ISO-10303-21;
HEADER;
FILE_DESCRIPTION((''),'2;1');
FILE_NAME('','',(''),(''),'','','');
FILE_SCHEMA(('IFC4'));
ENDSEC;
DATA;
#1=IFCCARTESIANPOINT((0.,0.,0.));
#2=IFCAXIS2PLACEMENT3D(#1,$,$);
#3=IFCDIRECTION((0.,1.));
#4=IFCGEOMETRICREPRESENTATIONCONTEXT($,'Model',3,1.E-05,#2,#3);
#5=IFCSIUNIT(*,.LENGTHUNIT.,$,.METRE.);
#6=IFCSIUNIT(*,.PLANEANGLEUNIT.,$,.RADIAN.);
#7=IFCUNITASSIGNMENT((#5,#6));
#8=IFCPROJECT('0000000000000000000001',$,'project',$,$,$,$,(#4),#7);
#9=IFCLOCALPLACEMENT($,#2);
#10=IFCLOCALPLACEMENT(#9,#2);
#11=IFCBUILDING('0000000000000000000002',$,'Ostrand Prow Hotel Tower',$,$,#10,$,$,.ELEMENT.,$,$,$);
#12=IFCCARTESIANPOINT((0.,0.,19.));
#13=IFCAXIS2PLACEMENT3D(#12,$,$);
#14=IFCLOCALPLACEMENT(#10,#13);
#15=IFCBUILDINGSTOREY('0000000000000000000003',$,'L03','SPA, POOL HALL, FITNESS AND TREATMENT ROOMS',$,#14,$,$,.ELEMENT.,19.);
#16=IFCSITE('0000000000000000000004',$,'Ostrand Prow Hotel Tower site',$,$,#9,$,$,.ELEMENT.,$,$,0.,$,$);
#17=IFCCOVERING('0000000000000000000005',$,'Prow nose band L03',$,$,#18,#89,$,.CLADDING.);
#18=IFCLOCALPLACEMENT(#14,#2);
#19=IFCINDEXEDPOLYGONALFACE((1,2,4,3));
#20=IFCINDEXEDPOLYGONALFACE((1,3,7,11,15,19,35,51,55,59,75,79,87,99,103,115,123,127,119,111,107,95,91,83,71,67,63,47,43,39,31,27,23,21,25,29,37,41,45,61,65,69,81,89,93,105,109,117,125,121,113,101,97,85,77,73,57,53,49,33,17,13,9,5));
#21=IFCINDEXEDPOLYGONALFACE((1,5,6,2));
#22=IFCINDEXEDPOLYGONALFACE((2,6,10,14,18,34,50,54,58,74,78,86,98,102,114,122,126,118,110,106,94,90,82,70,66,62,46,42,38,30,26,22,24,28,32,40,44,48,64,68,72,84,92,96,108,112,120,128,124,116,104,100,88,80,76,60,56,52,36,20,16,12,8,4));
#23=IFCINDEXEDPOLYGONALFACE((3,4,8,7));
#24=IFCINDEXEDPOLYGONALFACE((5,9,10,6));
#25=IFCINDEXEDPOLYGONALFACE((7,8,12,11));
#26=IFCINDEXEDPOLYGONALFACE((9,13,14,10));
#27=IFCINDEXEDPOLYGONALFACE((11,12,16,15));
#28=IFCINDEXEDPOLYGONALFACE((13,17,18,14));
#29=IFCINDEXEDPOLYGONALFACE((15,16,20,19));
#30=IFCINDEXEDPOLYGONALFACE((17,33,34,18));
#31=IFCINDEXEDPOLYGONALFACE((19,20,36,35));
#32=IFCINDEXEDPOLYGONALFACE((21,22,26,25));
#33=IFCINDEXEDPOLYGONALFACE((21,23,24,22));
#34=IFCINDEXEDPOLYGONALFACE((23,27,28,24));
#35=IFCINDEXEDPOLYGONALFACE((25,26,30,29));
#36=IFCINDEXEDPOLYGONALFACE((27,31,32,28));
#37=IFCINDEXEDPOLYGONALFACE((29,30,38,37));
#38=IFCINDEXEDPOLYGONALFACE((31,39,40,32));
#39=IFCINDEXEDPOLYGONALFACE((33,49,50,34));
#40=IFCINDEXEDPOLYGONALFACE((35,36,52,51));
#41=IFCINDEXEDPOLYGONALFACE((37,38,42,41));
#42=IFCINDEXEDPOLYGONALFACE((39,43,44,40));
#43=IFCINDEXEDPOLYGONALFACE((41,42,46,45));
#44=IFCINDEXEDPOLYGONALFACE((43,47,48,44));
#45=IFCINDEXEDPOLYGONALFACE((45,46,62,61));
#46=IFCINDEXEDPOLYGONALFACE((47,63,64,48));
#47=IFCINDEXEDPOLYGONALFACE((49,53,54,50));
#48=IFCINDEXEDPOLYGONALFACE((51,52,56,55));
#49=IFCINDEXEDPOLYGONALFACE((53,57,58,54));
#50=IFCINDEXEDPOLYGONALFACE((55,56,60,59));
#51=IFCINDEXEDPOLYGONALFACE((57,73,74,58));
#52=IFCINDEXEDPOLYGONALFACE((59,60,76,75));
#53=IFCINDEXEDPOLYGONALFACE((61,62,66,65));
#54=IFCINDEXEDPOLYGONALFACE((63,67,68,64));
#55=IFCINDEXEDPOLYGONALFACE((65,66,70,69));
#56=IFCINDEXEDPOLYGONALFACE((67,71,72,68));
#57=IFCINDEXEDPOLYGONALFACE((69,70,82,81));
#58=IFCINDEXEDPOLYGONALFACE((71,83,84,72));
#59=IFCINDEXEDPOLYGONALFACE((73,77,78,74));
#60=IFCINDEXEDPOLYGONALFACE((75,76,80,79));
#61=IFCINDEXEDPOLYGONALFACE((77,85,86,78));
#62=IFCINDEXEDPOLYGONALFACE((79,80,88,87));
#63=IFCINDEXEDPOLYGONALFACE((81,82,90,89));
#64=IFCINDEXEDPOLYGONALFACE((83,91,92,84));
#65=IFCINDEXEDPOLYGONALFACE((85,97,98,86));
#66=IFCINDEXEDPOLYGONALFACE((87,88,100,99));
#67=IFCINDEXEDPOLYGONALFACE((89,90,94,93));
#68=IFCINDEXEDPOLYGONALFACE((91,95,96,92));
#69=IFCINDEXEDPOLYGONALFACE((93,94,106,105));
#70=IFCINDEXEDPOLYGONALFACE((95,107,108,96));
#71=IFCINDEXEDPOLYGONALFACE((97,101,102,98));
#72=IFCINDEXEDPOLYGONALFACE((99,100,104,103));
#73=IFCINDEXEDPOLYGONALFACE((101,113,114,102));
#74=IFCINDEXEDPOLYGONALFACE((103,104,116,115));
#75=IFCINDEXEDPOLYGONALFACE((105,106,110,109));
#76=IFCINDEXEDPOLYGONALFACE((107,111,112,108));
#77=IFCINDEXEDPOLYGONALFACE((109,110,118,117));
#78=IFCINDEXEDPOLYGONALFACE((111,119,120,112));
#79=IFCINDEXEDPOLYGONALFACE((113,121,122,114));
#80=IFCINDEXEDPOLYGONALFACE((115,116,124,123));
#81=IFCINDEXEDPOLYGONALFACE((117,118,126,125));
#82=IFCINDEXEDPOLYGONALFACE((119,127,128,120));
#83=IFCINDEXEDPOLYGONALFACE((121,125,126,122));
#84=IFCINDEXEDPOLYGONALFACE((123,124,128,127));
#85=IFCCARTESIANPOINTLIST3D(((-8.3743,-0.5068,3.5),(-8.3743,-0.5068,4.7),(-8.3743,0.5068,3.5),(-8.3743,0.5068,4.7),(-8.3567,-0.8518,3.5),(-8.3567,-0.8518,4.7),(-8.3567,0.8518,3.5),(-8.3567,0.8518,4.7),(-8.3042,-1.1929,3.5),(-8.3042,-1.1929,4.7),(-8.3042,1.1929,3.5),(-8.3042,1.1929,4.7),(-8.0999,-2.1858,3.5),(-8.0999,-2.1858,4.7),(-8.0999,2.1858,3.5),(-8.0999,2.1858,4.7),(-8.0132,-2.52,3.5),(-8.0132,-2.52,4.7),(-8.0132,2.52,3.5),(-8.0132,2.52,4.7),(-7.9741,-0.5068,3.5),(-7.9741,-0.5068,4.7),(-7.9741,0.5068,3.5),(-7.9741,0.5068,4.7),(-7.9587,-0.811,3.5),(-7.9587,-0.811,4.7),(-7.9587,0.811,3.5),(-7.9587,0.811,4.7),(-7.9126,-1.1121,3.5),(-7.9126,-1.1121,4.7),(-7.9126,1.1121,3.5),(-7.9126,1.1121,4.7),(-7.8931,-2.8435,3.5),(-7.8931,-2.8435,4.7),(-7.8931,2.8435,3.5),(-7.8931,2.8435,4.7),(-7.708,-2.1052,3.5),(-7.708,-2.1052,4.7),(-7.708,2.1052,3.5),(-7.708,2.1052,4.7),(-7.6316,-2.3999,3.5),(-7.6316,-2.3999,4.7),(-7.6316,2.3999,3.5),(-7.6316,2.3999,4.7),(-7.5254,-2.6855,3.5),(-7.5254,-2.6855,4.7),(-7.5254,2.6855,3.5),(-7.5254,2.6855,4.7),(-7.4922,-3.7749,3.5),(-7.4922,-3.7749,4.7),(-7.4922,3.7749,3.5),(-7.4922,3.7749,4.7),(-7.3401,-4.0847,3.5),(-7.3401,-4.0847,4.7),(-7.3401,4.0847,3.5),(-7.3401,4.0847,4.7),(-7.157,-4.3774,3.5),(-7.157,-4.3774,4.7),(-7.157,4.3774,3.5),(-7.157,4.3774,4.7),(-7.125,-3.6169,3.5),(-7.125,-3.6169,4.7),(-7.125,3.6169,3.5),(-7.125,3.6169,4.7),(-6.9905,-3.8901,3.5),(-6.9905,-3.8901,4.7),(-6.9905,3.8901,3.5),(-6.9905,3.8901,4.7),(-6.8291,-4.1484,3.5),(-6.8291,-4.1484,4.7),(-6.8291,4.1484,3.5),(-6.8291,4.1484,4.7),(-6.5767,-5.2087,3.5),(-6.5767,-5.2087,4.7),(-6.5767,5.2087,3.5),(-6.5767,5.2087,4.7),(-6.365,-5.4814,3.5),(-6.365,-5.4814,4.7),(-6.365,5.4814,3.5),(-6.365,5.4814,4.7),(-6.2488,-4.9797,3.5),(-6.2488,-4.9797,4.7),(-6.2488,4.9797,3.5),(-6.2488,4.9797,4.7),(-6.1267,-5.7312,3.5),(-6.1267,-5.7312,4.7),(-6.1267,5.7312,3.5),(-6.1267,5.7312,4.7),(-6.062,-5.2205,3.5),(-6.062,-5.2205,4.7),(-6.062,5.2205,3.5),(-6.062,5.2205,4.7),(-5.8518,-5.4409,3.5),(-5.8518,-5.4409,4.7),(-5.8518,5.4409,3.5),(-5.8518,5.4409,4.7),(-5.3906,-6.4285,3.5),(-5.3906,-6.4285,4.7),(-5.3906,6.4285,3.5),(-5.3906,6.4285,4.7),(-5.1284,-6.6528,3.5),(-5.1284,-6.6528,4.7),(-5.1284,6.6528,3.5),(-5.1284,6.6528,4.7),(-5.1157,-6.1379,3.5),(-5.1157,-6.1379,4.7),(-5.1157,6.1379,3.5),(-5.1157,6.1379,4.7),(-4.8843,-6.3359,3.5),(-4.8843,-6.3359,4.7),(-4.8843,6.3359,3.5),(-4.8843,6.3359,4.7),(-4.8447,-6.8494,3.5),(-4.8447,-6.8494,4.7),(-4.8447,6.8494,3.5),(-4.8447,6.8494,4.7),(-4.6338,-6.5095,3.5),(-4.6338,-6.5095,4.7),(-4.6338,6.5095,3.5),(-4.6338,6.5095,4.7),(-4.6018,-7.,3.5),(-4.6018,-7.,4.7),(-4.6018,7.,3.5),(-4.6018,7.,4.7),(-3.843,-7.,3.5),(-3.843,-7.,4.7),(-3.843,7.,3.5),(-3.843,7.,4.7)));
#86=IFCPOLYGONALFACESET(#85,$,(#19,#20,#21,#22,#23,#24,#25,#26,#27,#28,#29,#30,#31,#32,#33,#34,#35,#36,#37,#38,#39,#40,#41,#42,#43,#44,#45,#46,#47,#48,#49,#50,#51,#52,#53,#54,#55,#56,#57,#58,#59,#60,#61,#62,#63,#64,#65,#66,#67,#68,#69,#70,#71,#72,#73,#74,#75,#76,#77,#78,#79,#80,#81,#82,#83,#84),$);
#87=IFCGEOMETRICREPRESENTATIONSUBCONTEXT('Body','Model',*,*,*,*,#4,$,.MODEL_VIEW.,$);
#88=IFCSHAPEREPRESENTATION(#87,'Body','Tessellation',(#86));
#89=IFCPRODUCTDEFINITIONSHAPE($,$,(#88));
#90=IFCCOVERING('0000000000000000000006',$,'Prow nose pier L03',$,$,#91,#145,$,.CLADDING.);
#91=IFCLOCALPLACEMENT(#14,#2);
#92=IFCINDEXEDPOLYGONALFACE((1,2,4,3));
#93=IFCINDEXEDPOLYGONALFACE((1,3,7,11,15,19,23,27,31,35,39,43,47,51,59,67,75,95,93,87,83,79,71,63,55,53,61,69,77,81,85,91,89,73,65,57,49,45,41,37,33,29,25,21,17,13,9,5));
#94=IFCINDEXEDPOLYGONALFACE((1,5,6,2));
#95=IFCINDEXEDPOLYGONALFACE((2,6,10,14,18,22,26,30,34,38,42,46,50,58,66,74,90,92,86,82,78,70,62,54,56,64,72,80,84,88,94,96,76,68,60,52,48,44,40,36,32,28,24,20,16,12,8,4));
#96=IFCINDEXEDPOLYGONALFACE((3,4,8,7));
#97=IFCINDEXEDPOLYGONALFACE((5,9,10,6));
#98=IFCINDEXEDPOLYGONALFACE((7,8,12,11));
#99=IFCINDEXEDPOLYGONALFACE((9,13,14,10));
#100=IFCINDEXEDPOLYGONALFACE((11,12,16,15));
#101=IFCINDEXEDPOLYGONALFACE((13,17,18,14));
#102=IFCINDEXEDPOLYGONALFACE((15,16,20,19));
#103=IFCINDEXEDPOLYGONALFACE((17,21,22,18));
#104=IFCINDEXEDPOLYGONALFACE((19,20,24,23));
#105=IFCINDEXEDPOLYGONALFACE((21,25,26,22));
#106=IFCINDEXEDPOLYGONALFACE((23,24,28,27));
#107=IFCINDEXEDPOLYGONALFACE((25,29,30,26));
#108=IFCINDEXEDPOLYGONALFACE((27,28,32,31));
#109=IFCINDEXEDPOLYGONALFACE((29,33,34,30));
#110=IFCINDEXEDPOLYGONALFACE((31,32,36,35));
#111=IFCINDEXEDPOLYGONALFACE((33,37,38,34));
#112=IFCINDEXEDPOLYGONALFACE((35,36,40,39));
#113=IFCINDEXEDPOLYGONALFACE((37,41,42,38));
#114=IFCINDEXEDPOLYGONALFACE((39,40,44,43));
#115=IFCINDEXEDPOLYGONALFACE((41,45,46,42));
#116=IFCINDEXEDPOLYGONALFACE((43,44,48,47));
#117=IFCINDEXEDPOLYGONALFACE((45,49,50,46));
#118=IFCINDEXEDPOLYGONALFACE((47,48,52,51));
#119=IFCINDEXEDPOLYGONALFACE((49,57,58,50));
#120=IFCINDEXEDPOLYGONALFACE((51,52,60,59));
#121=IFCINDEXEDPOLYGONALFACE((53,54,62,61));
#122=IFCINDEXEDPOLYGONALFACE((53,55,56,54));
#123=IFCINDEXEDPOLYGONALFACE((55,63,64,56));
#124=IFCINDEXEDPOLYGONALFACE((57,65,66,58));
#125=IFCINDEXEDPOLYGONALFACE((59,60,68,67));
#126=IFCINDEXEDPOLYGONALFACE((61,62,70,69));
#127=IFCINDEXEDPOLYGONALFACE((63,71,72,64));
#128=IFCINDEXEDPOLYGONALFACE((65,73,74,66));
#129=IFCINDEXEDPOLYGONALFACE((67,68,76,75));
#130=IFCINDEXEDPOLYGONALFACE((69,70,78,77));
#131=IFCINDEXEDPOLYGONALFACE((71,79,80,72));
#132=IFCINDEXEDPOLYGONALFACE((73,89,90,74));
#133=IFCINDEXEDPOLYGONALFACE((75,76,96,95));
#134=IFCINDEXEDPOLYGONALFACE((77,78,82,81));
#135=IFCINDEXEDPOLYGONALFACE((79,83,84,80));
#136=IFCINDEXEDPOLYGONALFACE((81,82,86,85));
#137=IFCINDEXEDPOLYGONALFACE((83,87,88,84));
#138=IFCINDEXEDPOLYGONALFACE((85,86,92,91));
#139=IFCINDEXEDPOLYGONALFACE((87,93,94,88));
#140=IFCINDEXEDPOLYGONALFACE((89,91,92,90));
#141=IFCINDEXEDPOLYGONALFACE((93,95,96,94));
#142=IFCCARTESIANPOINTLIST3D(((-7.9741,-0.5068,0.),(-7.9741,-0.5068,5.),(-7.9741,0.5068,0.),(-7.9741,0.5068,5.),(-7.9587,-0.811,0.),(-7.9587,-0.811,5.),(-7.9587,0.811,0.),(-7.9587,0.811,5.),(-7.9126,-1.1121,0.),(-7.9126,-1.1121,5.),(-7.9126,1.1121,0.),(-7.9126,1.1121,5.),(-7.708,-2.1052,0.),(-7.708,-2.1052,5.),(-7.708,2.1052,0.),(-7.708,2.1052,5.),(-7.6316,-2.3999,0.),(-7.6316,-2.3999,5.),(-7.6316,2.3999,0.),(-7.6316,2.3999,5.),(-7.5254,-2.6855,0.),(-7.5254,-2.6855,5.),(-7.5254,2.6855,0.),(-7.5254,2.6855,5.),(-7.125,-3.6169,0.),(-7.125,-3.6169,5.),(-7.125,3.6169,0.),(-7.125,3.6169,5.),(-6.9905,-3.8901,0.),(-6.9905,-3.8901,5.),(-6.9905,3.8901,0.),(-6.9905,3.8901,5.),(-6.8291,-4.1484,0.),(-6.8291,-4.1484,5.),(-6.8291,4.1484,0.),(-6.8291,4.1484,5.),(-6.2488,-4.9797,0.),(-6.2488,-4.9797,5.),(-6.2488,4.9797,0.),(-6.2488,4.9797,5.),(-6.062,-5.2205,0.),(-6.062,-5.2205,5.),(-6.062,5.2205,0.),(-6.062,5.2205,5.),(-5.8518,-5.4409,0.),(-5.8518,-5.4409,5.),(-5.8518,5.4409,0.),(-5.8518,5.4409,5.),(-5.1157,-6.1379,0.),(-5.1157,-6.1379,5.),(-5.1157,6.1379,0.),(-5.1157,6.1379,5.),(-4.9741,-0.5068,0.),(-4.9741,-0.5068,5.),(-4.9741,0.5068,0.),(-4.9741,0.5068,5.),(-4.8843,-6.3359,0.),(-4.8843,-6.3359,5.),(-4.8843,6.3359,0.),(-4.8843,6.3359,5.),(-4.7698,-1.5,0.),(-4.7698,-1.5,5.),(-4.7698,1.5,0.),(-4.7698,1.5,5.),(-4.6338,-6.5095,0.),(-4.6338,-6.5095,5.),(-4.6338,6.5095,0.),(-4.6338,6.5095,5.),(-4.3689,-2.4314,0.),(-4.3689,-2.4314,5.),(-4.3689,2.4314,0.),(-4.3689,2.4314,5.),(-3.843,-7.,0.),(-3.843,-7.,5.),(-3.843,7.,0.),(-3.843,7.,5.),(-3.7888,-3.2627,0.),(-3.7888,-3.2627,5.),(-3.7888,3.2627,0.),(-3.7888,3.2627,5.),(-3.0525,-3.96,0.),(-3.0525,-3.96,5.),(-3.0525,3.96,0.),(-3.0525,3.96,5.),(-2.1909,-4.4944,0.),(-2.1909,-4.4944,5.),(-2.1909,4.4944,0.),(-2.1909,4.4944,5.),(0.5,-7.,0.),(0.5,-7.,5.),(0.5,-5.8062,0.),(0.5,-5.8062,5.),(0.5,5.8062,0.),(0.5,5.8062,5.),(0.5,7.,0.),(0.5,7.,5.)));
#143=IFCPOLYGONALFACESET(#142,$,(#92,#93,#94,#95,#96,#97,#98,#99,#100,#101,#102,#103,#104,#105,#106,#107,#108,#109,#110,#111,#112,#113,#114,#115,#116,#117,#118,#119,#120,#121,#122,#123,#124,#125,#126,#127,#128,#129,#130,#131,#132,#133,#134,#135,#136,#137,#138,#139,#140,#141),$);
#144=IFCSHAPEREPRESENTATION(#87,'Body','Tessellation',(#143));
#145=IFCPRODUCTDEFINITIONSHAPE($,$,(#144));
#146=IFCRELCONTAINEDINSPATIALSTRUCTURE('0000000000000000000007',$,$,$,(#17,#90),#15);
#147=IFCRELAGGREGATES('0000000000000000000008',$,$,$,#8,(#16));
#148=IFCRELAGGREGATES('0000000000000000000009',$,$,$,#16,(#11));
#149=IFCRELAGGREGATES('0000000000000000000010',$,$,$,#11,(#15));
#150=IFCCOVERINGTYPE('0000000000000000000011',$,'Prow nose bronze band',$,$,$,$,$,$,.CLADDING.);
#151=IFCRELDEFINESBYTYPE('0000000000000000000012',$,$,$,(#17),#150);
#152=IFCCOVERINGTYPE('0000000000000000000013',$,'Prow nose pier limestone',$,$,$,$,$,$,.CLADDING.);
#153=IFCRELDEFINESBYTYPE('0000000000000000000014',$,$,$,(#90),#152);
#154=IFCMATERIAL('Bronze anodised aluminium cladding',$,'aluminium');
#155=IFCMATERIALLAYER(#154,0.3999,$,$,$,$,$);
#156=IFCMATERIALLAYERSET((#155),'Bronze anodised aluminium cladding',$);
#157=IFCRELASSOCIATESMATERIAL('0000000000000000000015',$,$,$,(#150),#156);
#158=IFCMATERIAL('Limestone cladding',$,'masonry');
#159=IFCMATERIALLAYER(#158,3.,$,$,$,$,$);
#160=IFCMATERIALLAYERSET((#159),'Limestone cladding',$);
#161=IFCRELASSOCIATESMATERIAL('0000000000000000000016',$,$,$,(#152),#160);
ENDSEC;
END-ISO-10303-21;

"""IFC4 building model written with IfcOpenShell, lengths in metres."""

from ifc_helpers import new_model, si_unit, direction, frame, origin, place, context, subcontext, project, spatial, polyline, outline, extrude, material, layer, layer_set, type_object, element, save


model = new_model("IFC4")

# Units and contexts
model_context = context("Model", 3, precision=1e-05, world=origin(), true_north=direction((0.0, 1.0)))
body_context = subcontext(model_context, "Body", "Model", "MODEL_VIEW")
ifc_project = project(units=[si_unit("LENGTHUNIT", "METRE"), si_unit("PLANEANGLEUNIT", "RADIAN")], contexts=[model_context])

# Site, building, storey
site_placement = place(None, origin())
site = spatial("IfcSite", under=ifc_project, at=site_placement, Name="Ostrand Prow Hotel Tower site", CompositionType="ELEMENT", RefElevation=0.0)
building_placement = place(site_placement, origin())
building = spatial("IfcBuilding", under=site, at=building_placement, Name="Ostrand Prow Hotel Tower", CompositionType="ELEMENT")
storey_placement = place(building_placement, frame((0.0, 0.0, 19.0)))
storey = spatial("IfcBuildingStorey", under=building, at=storey_placement, Name="L03", Description="SPA, POOL HALL, FITNESS AND TREATMENT ROOMS", CompositionType="ELEMENT", Elevation=19.0)

# Coverings
ifc_material_1 = material(Name="Bronze anodised aluminium cladding", Category="aluminium")
ifc_layer_1 = layer(ifc_material_1, 0.3999)
ifc_layer_set_1 = layer_set([ifc_layer_1], Name="Bronze anodised aluminium cladding")
covering_type_1 = type_object("IfcCoveringType", Name="Prow nose bronze band", PredefinedType="CLADDING", material=ifc_layer_set_1)
covering_1_placement = place(storey_placement, frame((0.0, 0.0, 3.5)))
element("IfcCovering", 1, at=covering_1_placement, inside=storey, type_object=covering_type_1, Name="Prow nose band L03", PredefinedType="CLADDING", context=body_context, shape_type="SweptSolid", body=[
    extrude(outline(polyline([(-4.8447, -6.8494), (-4.6018, -7.0), (-3.843, -7.0), (-4.6338, -6.5095), (-4.8843, -6.3359), (-5.1157, -6.1379), (-5.8518, -5.4409), (-6.062, -5.2205), (-6.2488, -4.9797), (-6.8291, -4.1484), (-6.9905, -3.8901), (-7.125, -3.6169), (-7.5254, -2.6855), (-7.6316, -2.3999), (-7.708, -2.1052), (-7.9126, -1.1121), (-7.9587, -0.811), (-7.9741, -0.5068), (-7.9741, 0.5068), (-7.9587, 0.811), (-7.9126, 1.1121), (-7.708, 2.1052), (-7.6316, 2.3999), (-7.5254, 2.6855), (-7.125, 3.6169), (-6.9905, 3.8901), (-6.8291, 4.1484), (-6.2488, 4.9797), (-6.062, 5.2205), (-5.8518, 5.4409), (-5.1157, 6.1379), (-4.8843, 6.3359), (-4.6338, 6.5095), (-3.843, 7.0), (-4.6018, 7.0), (-4.8447, 6.8494), (-5.1284, 6.6528), (-5.3906, 6.4285), (-6.1267, 5.7312), (-6.365, 5.4814), (-6.5767, 5.2087), (-7.157, 4.3774), (-7.3401, 4.0847), (-7.4922, 3.7749), (-7.8931, 2.8435), (-8.0132, 2.52), (-8.0999, 2.1858), (-8.3042, 1.1929), (-8.3567, 0.8518), (-8.3743, 0.5068), (-8.3743, -0.5068), (-8.3567, -0.8518), (-8.3042, -1.1929), (-8.0999, -2.1858), (-8.0132, -2.52), (-7.8931, -2.8435), (-7.4922, -3.7749), (-7.3401, -4.0847), (-7.157, -4.3774), (-6.5767, -5.2087), (-6.365, -5.4814), (-6.1267, -5.7312), (-5.3906, -6.4285), (-5.1284, -6.6528), (-4.8447, -6.8494)])), origin(), (0.0, 0.0, 1.0), 1.2),
])
ifc_material_2 = material(Name="Limestone cladding", Category="masonry")
ifc_layer_2 = layer(ifc_material_2, 3.0)
ifc_layer_set_2 = layer_set([ifc_layer_2], Name="Limestone cladding")
covering_type_2 = type_object("IfcCoveringType", Name="Prow nose pier limestone", PredefinedType="CLADDING", material=ifc_layer_set_2)
covering_2_placement = place(storey_placement, origin())
element("IfcCovering", 2, at=covering_2_placement, inside=storey, type_object=covering_type_2, Name="Prow nose pier L03", PredefinedType="CLADDING", context=body_context, shape_type="SweptSolid", body=[
    extrude(outline(polyline([(-4.6338, -6.5095), (-3.843, -7.0), (0.5, -7.0), (0.5, -5.8062), (-2.1909, -4.4944), (-3.0525, -3.96), (-3.7888, -3.2627), (-4.3689, -2.4314), (-4.7698, -1.5), (-4.9741, -0.5068), (-4.9741, 0.5068), (-4.7698, 1.5), (-4.3689, 2.4314), (-3.7888, 3.2627), (-3.0525, 3.96), (-2.1909, 4.4944), (0.5, 5.8062), (0.5, 7.0), (-3.843, 7.0), (-4.6338, 6.5095), (-4.8843, 6.3359), (-5.1157, 6.1379), (-5.8518, 5.4409), (-6.062, 5.2205), (-6.2488, 4.9797), (-6.8291, 4.1484), (-6.9905, 3.8901), (-7.125, 3.6169), (-7.5254, 2.6855), (-7.6316, 2.3999), (-7.708, 2.1052), (-7.9126, 1.1121), (-7.9587, 0.811), (-7.9741, 0.5068), (-7.9741, -0.5068), (-7.9587, -0.811), (-7.9126, -1.1121), (-7.708, -2.1052), (-7.6316, -2.3999), (-7.5254, -2.6855), (-7.125, -3.6169), (-6.9905, -3.8901), (-6.8291, -4.1484), (-6.2488, -4.9797), (-6.062, -5.2205), (-5.8518, -5.4409), (-5.1157, -6.1379), (-4.8843, -6.3359), (-4.6338, -6.5095)])), origin(), (0.0, 0.0, 1.0), 5.0),
])

save(model, "model.ifc")
